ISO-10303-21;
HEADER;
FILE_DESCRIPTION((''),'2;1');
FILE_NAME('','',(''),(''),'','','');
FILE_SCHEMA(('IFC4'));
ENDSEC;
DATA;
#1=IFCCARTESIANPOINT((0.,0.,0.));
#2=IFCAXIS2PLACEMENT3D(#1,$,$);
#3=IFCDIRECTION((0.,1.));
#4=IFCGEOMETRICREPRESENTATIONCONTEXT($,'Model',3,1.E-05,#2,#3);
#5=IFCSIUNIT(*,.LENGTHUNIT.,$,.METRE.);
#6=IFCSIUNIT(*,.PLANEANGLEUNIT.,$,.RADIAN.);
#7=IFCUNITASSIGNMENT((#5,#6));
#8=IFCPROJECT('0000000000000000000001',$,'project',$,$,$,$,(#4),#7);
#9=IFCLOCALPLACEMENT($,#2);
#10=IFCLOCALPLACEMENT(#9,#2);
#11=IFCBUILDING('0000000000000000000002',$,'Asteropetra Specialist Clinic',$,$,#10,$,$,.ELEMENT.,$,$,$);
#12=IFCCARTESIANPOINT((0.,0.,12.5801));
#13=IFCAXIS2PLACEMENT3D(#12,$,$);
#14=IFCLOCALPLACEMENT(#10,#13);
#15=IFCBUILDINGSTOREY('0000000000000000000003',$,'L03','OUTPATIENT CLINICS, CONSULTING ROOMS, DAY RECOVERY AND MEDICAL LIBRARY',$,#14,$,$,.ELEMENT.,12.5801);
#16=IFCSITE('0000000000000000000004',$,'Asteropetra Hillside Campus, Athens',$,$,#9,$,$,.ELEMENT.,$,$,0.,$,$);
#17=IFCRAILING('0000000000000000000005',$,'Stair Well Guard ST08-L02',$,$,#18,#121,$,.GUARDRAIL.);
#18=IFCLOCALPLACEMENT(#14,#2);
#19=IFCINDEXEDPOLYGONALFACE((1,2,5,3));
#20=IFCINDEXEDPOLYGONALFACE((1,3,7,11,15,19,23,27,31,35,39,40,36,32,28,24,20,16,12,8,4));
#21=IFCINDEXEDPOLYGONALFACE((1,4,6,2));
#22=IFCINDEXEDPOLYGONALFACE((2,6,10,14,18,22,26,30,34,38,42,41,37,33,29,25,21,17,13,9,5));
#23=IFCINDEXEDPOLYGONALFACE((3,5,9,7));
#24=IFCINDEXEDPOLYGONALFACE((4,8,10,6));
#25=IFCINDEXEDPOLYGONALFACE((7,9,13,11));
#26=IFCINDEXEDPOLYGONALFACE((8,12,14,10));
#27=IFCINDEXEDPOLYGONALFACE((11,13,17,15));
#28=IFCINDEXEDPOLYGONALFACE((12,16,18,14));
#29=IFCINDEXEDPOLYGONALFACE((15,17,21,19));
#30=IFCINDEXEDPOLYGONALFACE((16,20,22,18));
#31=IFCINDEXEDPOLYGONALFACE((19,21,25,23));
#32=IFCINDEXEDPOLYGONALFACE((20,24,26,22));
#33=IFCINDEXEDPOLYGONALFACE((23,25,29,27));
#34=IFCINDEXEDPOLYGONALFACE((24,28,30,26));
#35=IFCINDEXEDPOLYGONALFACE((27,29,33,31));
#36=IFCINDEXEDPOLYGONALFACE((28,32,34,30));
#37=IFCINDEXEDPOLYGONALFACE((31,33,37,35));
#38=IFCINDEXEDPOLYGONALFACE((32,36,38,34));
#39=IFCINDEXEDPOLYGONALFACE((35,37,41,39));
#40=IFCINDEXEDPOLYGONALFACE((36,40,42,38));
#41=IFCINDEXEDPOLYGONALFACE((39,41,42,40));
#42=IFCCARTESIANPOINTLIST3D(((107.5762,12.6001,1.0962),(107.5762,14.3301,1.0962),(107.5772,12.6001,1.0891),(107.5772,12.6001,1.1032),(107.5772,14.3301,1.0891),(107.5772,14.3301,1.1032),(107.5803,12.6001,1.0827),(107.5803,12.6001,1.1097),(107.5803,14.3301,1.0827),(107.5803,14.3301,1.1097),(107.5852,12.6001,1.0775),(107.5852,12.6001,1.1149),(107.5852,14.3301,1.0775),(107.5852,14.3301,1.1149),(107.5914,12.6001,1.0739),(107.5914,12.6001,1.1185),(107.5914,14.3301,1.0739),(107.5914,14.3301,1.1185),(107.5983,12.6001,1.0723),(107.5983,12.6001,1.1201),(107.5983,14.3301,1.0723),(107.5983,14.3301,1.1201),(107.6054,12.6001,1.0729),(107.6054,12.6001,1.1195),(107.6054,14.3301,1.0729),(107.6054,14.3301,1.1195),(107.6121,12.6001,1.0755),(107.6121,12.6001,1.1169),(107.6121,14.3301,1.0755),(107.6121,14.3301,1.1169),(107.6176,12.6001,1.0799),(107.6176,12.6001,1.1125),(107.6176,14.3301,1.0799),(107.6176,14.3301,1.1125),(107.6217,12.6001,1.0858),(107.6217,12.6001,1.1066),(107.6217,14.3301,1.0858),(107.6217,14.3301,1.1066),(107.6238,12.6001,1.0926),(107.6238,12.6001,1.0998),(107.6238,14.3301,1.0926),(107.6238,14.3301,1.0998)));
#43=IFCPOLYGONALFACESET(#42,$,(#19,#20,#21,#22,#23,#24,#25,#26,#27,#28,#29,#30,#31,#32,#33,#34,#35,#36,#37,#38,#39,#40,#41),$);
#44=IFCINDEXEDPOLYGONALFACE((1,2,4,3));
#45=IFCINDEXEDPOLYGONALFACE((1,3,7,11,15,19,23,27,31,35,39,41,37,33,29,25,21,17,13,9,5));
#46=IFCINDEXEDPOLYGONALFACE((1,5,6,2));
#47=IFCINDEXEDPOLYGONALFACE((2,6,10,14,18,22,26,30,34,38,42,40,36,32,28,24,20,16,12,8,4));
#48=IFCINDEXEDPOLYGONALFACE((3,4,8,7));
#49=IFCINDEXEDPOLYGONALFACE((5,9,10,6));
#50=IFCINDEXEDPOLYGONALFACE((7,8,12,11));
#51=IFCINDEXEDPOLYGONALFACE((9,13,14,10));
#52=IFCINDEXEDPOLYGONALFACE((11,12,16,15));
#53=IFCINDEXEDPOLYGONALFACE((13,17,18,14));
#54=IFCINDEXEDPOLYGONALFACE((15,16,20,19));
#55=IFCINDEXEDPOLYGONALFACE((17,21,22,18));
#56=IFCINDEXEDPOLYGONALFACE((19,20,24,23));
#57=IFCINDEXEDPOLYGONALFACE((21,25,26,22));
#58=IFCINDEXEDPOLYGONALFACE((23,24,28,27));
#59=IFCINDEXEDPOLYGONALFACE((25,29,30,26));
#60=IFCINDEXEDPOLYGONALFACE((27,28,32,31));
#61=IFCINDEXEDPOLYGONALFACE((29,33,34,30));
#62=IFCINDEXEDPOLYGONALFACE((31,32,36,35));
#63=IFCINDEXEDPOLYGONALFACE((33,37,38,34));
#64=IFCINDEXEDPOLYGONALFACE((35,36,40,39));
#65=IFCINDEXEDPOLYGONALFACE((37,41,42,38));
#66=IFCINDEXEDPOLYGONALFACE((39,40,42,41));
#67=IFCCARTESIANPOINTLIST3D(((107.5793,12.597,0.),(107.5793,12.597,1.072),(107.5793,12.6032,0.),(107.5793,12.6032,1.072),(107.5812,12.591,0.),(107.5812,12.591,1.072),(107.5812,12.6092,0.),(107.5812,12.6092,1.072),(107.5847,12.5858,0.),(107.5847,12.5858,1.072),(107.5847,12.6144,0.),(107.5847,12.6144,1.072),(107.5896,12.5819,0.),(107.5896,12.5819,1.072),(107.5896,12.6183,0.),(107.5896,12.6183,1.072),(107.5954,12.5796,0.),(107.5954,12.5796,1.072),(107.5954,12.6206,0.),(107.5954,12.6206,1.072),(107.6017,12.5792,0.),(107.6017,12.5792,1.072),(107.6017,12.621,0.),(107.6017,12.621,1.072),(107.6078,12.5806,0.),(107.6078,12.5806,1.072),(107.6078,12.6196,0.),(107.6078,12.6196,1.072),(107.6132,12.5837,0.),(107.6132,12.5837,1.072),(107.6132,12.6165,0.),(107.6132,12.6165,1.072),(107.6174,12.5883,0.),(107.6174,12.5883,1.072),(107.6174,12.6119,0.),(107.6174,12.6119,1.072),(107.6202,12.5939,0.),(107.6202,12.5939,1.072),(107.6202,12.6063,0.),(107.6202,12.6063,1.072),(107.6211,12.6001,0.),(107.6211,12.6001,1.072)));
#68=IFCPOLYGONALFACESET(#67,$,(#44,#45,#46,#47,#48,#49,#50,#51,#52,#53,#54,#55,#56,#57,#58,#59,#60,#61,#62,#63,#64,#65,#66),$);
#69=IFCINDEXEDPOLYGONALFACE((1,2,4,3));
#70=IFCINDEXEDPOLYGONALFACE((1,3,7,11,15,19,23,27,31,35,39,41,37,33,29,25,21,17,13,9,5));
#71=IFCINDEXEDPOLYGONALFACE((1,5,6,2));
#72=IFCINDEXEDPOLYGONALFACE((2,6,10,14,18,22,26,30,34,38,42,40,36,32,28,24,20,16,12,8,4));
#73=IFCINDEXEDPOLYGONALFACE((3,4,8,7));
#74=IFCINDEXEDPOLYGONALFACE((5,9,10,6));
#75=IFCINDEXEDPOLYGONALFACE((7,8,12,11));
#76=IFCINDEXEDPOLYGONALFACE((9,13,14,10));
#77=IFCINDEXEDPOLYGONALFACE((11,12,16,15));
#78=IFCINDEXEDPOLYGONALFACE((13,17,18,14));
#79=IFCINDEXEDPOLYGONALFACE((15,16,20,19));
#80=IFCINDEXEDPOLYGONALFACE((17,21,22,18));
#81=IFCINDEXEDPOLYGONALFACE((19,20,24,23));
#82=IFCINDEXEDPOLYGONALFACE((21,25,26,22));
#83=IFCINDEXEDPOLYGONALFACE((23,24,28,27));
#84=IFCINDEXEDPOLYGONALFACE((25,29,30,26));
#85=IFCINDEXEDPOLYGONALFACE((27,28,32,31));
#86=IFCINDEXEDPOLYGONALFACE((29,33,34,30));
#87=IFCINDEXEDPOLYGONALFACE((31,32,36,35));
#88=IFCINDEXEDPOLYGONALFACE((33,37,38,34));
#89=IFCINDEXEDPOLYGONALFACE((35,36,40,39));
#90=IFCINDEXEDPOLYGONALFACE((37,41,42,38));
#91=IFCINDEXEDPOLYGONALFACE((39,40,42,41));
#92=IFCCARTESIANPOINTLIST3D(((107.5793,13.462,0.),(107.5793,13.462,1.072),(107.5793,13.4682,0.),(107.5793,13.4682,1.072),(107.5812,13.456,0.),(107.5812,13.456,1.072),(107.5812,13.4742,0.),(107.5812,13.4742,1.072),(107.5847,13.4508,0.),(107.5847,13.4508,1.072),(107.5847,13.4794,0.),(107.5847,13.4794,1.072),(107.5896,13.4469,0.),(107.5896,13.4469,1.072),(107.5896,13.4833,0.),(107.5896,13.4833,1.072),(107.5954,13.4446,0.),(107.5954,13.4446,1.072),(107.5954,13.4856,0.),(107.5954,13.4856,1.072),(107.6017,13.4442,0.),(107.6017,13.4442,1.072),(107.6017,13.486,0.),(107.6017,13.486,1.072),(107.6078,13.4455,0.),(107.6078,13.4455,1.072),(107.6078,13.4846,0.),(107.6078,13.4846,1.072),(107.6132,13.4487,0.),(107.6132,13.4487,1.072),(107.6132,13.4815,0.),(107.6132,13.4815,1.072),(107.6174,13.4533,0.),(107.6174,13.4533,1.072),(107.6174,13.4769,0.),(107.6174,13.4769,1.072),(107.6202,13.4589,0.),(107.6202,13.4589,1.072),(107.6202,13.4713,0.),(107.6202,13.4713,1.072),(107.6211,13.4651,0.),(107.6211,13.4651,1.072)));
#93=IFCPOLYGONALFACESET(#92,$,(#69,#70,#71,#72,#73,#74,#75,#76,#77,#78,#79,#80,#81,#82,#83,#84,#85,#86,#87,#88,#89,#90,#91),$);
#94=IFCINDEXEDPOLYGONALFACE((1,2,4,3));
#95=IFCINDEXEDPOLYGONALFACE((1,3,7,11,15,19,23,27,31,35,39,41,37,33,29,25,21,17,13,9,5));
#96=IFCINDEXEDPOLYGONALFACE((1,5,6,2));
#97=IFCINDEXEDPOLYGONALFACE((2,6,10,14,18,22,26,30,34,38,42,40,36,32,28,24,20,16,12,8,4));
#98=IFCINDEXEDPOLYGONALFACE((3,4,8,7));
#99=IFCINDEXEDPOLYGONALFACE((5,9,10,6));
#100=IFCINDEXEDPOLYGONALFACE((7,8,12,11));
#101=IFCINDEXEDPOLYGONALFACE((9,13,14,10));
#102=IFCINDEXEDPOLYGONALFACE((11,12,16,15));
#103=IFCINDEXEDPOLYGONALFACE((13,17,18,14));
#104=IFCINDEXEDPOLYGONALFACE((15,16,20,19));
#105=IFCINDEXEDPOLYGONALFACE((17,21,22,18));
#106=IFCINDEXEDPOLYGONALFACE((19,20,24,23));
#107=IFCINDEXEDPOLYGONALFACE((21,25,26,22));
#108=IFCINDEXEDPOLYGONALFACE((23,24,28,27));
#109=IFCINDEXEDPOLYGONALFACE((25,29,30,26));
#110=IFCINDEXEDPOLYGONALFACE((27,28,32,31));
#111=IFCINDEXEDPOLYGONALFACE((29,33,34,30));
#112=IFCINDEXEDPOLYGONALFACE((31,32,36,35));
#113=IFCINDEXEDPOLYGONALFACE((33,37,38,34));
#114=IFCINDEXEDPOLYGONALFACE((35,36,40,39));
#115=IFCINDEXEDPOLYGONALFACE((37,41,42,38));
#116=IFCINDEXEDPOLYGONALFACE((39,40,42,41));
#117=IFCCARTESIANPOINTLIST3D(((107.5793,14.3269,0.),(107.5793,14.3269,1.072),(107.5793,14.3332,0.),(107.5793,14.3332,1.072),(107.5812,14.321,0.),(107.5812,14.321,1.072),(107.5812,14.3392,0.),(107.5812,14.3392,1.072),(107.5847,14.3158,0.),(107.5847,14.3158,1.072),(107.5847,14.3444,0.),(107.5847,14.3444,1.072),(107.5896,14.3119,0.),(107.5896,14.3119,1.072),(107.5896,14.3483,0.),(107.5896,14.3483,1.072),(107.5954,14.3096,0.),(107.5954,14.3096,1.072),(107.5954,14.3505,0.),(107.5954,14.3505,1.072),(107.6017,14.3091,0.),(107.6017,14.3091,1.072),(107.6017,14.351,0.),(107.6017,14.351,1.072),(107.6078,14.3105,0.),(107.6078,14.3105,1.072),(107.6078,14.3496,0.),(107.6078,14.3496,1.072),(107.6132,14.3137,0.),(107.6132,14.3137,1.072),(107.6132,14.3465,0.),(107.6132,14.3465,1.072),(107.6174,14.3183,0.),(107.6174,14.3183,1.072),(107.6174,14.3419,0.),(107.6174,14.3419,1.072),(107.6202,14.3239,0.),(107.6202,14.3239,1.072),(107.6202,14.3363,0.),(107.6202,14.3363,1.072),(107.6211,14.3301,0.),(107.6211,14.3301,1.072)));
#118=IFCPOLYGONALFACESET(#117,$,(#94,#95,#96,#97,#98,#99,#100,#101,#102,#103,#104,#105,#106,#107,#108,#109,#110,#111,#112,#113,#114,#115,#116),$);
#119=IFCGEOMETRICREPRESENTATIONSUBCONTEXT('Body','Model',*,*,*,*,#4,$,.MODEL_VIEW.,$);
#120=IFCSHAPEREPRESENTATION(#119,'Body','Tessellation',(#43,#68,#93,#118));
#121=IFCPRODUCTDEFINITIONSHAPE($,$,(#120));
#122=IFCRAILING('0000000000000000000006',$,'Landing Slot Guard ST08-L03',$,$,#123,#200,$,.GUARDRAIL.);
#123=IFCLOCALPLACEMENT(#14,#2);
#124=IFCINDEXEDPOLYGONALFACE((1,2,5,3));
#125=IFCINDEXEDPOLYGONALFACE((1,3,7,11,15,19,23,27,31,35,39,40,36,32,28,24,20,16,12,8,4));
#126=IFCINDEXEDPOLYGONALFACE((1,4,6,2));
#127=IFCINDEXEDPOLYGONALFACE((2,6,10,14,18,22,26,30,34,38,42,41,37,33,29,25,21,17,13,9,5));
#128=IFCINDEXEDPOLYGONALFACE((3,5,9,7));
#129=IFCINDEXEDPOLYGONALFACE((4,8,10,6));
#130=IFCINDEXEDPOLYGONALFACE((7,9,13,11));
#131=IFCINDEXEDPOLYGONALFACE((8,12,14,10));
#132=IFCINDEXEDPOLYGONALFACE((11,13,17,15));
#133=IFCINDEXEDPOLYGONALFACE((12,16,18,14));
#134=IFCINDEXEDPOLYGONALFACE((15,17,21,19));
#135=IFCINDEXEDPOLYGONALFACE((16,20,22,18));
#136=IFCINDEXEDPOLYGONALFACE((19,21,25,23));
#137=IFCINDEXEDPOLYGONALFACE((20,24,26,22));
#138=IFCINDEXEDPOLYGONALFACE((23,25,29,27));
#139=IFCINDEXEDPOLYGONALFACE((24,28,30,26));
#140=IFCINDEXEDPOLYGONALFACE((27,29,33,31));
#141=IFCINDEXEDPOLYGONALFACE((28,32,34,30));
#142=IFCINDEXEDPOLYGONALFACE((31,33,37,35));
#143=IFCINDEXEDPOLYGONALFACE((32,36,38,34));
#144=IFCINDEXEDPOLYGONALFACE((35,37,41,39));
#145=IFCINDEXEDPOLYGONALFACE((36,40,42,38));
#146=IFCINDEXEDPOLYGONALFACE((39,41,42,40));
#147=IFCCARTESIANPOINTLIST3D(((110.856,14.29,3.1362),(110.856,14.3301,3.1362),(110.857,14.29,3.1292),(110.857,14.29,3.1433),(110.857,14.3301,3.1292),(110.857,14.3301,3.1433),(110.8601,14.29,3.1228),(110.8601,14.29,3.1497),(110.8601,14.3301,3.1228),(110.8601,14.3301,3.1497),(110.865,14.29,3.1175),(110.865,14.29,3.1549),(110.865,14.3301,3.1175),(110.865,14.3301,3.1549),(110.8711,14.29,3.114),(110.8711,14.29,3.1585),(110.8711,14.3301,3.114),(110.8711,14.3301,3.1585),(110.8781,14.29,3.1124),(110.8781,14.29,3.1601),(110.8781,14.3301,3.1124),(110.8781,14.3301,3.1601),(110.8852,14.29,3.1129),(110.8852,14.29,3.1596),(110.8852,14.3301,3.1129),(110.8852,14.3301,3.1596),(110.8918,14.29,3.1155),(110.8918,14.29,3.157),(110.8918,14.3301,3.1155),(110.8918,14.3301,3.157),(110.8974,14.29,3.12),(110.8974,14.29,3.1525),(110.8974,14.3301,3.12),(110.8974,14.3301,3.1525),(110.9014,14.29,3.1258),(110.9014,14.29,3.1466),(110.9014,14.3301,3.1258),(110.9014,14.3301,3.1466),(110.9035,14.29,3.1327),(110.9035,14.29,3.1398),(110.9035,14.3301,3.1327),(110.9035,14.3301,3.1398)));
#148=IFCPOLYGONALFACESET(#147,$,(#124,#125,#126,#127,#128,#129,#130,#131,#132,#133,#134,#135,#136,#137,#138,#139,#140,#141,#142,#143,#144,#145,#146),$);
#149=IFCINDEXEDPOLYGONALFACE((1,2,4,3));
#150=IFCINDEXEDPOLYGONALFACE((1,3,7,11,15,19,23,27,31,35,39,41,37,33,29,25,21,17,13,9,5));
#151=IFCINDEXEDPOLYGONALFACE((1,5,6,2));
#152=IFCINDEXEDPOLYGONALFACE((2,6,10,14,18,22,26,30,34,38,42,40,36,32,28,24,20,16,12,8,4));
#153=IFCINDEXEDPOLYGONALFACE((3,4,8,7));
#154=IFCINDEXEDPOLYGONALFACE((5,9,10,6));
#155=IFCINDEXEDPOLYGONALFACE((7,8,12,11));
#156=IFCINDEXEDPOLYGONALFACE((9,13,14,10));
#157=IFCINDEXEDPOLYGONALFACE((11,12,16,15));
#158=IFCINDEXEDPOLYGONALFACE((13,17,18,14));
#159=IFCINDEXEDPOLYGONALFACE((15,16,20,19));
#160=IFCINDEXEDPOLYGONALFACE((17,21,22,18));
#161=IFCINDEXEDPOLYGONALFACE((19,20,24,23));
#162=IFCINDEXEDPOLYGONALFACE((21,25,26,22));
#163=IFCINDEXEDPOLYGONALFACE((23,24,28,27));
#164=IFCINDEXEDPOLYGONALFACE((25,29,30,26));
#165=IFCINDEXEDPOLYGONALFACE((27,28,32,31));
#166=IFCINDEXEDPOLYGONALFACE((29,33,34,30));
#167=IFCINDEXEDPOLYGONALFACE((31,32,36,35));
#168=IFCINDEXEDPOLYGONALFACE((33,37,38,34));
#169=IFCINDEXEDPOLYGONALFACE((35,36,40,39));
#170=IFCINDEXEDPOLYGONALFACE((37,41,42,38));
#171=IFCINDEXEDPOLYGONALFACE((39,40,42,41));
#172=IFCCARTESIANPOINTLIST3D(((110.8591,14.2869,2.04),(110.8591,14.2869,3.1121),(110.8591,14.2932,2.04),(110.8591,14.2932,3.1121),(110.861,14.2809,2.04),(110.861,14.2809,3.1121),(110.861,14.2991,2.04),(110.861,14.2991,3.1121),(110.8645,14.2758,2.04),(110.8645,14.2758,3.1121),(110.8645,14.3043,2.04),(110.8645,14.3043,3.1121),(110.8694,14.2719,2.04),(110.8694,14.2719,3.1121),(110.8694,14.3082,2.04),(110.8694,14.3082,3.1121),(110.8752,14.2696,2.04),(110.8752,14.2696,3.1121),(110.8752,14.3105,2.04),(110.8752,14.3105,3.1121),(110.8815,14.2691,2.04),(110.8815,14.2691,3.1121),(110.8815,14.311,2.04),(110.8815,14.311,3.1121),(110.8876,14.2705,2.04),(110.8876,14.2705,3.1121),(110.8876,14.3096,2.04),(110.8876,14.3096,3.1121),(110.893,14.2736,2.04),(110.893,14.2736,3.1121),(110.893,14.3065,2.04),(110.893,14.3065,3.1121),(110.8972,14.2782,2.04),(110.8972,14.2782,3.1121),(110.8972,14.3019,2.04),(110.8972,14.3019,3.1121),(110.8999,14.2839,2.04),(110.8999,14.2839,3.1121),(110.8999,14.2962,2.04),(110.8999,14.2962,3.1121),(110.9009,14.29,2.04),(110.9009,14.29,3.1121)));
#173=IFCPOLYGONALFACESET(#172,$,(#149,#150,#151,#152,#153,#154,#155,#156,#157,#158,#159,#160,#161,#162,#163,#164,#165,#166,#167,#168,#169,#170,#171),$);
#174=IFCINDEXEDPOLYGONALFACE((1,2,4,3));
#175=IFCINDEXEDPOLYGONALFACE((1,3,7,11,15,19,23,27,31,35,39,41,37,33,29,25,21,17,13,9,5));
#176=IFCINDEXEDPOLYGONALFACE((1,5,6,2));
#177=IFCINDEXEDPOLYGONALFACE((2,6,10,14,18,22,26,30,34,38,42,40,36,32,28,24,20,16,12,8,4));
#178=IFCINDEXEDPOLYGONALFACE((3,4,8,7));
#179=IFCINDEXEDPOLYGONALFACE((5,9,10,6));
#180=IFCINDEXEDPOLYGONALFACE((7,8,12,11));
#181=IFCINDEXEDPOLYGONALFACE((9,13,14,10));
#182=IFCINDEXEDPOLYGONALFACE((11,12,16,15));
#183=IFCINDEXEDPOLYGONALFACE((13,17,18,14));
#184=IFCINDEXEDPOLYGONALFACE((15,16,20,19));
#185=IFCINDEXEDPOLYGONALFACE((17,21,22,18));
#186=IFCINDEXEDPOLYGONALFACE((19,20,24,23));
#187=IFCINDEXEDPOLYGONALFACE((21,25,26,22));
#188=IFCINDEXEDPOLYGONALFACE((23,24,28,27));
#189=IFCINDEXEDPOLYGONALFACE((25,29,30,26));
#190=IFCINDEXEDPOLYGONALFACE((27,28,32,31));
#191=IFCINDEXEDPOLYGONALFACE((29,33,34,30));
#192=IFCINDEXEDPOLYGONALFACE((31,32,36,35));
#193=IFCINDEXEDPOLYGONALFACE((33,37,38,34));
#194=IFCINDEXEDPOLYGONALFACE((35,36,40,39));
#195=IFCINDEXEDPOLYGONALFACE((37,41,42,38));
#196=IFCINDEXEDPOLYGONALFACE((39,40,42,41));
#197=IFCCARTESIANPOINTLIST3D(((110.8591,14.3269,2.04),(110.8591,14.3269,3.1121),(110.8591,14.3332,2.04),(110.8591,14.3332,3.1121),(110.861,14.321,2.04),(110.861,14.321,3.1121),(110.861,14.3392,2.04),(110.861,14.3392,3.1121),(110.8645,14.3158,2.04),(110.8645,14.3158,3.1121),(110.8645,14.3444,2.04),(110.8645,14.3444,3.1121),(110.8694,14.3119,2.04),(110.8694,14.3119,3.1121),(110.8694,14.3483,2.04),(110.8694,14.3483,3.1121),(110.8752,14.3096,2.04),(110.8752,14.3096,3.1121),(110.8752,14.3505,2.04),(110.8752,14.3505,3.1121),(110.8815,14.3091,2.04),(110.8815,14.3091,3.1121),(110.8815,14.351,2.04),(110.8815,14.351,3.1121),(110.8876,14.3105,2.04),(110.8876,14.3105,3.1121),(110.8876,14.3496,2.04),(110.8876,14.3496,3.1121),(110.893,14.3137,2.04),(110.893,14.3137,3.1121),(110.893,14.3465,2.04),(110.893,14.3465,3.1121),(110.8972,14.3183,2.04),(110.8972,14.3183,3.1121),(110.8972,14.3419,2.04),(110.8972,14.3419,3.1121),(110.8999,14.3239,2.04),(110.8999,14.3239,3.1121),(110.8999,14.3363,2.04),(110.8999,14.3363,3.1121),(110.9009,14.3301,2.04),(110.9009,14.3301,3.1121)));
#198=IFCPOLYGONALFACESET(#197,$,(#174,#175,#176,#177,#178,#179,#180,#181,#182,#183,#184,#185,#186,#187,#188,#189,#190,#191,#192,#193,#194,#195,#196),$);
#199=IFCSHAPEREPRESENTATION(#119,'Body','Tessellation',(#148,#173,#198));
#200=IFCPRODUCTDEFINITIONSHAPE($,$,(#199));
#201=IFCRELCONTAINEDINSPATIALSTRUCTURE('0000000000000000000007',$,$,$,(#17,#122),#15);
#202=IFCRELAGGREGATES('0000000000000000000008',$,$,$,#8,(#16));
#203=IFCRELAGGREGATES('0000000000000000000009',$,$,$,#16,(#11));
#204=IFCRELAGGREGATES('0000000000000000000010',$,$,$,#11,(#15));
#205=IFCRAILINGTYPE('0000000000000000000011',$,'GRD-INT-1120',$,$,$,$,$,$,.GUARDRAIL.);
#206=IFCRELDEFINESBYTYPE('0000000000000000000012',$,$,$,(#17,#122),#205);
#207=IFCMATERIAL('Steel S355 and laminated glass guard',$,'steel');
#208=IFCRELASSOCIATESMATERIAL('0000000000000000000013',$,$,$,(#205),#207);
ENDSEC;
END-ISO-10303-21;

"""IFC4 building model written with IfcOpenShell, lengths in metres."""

from ifc_helpers import new_model, si_unit, direction, frame, origin, origin_2d, place, context, subcontext, project, spatial, circle, extrude, material, type_object, element, save


model = new_model("IFC4")

# Units and contexts
model_context = context("Model", 3, precision=1e-05, world=origin(), true_north=direction((0.0, 1.0)))
body_context = subcontext(model_context, "Body", "Model", "MODEL_VIEW")
ifc_project = project(units=[si_unit("LENGTHUNIT", "METRE"), si_unit("PLANEANGLEUNIT", "RADIAN")], contexts=[model_context])

# Site, building, storey
site_placement = place(None, origin())
site = spatial("IfcSite", under=ifc_project, at=site_placement, Name="Asteropetra Hillside Campus, Athens", CompositionType="ELEMENT", RefElevation=0.0)
building_placement = place(site_placement, origin())
building = spatial("IfcBuilding", under=site, at=building_placement, Name="Asteropetra Specialist Clinic", CompositionType="ELEMENT")
storey_placement = place(building_placement, frame((0.0, 0.0, 12.5801)))
storey = spatial("IfcBuildingStorey", under=building, at=storey_placement, Name="L03", Description="OUTPATIENT CLINICS, CONSULTING ROOMS, DAY RECOVERY AND MEDICAL LIBRARY", CompositionType="ELEMENT", Elevation=12.5801)

# Railings
ifc_material_1 = material(Name="Steel S355 and laminated glass guard", Category="steel")
railing_type_1 = type_object("IfcRailingType", Name="GRD-INT-1120", PredefinedType="GUARDRAIL", material=ifc_material_1)
railing_1_placement = place(storey_placement, frame((107.6001, 12.6001, 0.0)))
element("IfcRailing", 1, at=railing_1_placement, inside=storey, type_object=railing_type_1, Name="Stair Well Guard ST08-L02", PredefinedType="GUARDRAIL", context=body_context, shape_type="SweptSolid", body=[
    extrude(circle(Radius=0.0239, at=origin_2d()), frame((0.0, 0.0, 1.0962), z_axis=(0.0, 1.0, 0.0), x_axis=(-1.0, 0.0, 0.0)), (0.0, 0.0, 1.0), 1.73),
    extrude(circle(Radius=0.021, at=origin_2d()), origin(), (0.0, 0.0, 1.0), 1.072),
    extrude(circle(Radius=0.021, at=origin_2d()), frame((0.0, 0.865, 0.0)), (0.0, 0.0, 1.0), 1.072),
    extrude(circle(Radius=0.021, at=origin_2d()), frame((0.0, 1.73, 0.0)), (0.0, 0.0, 1.0), 1.072),
])
railing_2_placement = place(storey_placement, frame((110.8799, 14.29, 2.04)))
element("IfcRailing", 2, at=railing_2_placement, inside=storey, type_object=railing_type_1, Name="Landing Slot Guard ST08-L03", PredefinedType="GUARDRAIL", context=body_context, shape_type="SweptSolid", body=[
    extrude(circle(Radius=0.0239, at=origin_2d()), frame((0.0, 0.0, 1.0962), z_axis=(0.0, 1.0, 0.0), x_axis=(-1.0, 0.0, 0.0)), (0.0, 0.0, 1.0), 0.04),
    extrude(circle(Radius=0.021, at=origin_2d()), origin(), (0.0, 0.0, 1.0), 1.072),
    extrude(circle(Radius=0.021, at=origin_2d()), frame((0.0, 0.04, 0.0)), (0.0, 0.0, 1.0), 1.072),
])

save(model, "model.ifc")
